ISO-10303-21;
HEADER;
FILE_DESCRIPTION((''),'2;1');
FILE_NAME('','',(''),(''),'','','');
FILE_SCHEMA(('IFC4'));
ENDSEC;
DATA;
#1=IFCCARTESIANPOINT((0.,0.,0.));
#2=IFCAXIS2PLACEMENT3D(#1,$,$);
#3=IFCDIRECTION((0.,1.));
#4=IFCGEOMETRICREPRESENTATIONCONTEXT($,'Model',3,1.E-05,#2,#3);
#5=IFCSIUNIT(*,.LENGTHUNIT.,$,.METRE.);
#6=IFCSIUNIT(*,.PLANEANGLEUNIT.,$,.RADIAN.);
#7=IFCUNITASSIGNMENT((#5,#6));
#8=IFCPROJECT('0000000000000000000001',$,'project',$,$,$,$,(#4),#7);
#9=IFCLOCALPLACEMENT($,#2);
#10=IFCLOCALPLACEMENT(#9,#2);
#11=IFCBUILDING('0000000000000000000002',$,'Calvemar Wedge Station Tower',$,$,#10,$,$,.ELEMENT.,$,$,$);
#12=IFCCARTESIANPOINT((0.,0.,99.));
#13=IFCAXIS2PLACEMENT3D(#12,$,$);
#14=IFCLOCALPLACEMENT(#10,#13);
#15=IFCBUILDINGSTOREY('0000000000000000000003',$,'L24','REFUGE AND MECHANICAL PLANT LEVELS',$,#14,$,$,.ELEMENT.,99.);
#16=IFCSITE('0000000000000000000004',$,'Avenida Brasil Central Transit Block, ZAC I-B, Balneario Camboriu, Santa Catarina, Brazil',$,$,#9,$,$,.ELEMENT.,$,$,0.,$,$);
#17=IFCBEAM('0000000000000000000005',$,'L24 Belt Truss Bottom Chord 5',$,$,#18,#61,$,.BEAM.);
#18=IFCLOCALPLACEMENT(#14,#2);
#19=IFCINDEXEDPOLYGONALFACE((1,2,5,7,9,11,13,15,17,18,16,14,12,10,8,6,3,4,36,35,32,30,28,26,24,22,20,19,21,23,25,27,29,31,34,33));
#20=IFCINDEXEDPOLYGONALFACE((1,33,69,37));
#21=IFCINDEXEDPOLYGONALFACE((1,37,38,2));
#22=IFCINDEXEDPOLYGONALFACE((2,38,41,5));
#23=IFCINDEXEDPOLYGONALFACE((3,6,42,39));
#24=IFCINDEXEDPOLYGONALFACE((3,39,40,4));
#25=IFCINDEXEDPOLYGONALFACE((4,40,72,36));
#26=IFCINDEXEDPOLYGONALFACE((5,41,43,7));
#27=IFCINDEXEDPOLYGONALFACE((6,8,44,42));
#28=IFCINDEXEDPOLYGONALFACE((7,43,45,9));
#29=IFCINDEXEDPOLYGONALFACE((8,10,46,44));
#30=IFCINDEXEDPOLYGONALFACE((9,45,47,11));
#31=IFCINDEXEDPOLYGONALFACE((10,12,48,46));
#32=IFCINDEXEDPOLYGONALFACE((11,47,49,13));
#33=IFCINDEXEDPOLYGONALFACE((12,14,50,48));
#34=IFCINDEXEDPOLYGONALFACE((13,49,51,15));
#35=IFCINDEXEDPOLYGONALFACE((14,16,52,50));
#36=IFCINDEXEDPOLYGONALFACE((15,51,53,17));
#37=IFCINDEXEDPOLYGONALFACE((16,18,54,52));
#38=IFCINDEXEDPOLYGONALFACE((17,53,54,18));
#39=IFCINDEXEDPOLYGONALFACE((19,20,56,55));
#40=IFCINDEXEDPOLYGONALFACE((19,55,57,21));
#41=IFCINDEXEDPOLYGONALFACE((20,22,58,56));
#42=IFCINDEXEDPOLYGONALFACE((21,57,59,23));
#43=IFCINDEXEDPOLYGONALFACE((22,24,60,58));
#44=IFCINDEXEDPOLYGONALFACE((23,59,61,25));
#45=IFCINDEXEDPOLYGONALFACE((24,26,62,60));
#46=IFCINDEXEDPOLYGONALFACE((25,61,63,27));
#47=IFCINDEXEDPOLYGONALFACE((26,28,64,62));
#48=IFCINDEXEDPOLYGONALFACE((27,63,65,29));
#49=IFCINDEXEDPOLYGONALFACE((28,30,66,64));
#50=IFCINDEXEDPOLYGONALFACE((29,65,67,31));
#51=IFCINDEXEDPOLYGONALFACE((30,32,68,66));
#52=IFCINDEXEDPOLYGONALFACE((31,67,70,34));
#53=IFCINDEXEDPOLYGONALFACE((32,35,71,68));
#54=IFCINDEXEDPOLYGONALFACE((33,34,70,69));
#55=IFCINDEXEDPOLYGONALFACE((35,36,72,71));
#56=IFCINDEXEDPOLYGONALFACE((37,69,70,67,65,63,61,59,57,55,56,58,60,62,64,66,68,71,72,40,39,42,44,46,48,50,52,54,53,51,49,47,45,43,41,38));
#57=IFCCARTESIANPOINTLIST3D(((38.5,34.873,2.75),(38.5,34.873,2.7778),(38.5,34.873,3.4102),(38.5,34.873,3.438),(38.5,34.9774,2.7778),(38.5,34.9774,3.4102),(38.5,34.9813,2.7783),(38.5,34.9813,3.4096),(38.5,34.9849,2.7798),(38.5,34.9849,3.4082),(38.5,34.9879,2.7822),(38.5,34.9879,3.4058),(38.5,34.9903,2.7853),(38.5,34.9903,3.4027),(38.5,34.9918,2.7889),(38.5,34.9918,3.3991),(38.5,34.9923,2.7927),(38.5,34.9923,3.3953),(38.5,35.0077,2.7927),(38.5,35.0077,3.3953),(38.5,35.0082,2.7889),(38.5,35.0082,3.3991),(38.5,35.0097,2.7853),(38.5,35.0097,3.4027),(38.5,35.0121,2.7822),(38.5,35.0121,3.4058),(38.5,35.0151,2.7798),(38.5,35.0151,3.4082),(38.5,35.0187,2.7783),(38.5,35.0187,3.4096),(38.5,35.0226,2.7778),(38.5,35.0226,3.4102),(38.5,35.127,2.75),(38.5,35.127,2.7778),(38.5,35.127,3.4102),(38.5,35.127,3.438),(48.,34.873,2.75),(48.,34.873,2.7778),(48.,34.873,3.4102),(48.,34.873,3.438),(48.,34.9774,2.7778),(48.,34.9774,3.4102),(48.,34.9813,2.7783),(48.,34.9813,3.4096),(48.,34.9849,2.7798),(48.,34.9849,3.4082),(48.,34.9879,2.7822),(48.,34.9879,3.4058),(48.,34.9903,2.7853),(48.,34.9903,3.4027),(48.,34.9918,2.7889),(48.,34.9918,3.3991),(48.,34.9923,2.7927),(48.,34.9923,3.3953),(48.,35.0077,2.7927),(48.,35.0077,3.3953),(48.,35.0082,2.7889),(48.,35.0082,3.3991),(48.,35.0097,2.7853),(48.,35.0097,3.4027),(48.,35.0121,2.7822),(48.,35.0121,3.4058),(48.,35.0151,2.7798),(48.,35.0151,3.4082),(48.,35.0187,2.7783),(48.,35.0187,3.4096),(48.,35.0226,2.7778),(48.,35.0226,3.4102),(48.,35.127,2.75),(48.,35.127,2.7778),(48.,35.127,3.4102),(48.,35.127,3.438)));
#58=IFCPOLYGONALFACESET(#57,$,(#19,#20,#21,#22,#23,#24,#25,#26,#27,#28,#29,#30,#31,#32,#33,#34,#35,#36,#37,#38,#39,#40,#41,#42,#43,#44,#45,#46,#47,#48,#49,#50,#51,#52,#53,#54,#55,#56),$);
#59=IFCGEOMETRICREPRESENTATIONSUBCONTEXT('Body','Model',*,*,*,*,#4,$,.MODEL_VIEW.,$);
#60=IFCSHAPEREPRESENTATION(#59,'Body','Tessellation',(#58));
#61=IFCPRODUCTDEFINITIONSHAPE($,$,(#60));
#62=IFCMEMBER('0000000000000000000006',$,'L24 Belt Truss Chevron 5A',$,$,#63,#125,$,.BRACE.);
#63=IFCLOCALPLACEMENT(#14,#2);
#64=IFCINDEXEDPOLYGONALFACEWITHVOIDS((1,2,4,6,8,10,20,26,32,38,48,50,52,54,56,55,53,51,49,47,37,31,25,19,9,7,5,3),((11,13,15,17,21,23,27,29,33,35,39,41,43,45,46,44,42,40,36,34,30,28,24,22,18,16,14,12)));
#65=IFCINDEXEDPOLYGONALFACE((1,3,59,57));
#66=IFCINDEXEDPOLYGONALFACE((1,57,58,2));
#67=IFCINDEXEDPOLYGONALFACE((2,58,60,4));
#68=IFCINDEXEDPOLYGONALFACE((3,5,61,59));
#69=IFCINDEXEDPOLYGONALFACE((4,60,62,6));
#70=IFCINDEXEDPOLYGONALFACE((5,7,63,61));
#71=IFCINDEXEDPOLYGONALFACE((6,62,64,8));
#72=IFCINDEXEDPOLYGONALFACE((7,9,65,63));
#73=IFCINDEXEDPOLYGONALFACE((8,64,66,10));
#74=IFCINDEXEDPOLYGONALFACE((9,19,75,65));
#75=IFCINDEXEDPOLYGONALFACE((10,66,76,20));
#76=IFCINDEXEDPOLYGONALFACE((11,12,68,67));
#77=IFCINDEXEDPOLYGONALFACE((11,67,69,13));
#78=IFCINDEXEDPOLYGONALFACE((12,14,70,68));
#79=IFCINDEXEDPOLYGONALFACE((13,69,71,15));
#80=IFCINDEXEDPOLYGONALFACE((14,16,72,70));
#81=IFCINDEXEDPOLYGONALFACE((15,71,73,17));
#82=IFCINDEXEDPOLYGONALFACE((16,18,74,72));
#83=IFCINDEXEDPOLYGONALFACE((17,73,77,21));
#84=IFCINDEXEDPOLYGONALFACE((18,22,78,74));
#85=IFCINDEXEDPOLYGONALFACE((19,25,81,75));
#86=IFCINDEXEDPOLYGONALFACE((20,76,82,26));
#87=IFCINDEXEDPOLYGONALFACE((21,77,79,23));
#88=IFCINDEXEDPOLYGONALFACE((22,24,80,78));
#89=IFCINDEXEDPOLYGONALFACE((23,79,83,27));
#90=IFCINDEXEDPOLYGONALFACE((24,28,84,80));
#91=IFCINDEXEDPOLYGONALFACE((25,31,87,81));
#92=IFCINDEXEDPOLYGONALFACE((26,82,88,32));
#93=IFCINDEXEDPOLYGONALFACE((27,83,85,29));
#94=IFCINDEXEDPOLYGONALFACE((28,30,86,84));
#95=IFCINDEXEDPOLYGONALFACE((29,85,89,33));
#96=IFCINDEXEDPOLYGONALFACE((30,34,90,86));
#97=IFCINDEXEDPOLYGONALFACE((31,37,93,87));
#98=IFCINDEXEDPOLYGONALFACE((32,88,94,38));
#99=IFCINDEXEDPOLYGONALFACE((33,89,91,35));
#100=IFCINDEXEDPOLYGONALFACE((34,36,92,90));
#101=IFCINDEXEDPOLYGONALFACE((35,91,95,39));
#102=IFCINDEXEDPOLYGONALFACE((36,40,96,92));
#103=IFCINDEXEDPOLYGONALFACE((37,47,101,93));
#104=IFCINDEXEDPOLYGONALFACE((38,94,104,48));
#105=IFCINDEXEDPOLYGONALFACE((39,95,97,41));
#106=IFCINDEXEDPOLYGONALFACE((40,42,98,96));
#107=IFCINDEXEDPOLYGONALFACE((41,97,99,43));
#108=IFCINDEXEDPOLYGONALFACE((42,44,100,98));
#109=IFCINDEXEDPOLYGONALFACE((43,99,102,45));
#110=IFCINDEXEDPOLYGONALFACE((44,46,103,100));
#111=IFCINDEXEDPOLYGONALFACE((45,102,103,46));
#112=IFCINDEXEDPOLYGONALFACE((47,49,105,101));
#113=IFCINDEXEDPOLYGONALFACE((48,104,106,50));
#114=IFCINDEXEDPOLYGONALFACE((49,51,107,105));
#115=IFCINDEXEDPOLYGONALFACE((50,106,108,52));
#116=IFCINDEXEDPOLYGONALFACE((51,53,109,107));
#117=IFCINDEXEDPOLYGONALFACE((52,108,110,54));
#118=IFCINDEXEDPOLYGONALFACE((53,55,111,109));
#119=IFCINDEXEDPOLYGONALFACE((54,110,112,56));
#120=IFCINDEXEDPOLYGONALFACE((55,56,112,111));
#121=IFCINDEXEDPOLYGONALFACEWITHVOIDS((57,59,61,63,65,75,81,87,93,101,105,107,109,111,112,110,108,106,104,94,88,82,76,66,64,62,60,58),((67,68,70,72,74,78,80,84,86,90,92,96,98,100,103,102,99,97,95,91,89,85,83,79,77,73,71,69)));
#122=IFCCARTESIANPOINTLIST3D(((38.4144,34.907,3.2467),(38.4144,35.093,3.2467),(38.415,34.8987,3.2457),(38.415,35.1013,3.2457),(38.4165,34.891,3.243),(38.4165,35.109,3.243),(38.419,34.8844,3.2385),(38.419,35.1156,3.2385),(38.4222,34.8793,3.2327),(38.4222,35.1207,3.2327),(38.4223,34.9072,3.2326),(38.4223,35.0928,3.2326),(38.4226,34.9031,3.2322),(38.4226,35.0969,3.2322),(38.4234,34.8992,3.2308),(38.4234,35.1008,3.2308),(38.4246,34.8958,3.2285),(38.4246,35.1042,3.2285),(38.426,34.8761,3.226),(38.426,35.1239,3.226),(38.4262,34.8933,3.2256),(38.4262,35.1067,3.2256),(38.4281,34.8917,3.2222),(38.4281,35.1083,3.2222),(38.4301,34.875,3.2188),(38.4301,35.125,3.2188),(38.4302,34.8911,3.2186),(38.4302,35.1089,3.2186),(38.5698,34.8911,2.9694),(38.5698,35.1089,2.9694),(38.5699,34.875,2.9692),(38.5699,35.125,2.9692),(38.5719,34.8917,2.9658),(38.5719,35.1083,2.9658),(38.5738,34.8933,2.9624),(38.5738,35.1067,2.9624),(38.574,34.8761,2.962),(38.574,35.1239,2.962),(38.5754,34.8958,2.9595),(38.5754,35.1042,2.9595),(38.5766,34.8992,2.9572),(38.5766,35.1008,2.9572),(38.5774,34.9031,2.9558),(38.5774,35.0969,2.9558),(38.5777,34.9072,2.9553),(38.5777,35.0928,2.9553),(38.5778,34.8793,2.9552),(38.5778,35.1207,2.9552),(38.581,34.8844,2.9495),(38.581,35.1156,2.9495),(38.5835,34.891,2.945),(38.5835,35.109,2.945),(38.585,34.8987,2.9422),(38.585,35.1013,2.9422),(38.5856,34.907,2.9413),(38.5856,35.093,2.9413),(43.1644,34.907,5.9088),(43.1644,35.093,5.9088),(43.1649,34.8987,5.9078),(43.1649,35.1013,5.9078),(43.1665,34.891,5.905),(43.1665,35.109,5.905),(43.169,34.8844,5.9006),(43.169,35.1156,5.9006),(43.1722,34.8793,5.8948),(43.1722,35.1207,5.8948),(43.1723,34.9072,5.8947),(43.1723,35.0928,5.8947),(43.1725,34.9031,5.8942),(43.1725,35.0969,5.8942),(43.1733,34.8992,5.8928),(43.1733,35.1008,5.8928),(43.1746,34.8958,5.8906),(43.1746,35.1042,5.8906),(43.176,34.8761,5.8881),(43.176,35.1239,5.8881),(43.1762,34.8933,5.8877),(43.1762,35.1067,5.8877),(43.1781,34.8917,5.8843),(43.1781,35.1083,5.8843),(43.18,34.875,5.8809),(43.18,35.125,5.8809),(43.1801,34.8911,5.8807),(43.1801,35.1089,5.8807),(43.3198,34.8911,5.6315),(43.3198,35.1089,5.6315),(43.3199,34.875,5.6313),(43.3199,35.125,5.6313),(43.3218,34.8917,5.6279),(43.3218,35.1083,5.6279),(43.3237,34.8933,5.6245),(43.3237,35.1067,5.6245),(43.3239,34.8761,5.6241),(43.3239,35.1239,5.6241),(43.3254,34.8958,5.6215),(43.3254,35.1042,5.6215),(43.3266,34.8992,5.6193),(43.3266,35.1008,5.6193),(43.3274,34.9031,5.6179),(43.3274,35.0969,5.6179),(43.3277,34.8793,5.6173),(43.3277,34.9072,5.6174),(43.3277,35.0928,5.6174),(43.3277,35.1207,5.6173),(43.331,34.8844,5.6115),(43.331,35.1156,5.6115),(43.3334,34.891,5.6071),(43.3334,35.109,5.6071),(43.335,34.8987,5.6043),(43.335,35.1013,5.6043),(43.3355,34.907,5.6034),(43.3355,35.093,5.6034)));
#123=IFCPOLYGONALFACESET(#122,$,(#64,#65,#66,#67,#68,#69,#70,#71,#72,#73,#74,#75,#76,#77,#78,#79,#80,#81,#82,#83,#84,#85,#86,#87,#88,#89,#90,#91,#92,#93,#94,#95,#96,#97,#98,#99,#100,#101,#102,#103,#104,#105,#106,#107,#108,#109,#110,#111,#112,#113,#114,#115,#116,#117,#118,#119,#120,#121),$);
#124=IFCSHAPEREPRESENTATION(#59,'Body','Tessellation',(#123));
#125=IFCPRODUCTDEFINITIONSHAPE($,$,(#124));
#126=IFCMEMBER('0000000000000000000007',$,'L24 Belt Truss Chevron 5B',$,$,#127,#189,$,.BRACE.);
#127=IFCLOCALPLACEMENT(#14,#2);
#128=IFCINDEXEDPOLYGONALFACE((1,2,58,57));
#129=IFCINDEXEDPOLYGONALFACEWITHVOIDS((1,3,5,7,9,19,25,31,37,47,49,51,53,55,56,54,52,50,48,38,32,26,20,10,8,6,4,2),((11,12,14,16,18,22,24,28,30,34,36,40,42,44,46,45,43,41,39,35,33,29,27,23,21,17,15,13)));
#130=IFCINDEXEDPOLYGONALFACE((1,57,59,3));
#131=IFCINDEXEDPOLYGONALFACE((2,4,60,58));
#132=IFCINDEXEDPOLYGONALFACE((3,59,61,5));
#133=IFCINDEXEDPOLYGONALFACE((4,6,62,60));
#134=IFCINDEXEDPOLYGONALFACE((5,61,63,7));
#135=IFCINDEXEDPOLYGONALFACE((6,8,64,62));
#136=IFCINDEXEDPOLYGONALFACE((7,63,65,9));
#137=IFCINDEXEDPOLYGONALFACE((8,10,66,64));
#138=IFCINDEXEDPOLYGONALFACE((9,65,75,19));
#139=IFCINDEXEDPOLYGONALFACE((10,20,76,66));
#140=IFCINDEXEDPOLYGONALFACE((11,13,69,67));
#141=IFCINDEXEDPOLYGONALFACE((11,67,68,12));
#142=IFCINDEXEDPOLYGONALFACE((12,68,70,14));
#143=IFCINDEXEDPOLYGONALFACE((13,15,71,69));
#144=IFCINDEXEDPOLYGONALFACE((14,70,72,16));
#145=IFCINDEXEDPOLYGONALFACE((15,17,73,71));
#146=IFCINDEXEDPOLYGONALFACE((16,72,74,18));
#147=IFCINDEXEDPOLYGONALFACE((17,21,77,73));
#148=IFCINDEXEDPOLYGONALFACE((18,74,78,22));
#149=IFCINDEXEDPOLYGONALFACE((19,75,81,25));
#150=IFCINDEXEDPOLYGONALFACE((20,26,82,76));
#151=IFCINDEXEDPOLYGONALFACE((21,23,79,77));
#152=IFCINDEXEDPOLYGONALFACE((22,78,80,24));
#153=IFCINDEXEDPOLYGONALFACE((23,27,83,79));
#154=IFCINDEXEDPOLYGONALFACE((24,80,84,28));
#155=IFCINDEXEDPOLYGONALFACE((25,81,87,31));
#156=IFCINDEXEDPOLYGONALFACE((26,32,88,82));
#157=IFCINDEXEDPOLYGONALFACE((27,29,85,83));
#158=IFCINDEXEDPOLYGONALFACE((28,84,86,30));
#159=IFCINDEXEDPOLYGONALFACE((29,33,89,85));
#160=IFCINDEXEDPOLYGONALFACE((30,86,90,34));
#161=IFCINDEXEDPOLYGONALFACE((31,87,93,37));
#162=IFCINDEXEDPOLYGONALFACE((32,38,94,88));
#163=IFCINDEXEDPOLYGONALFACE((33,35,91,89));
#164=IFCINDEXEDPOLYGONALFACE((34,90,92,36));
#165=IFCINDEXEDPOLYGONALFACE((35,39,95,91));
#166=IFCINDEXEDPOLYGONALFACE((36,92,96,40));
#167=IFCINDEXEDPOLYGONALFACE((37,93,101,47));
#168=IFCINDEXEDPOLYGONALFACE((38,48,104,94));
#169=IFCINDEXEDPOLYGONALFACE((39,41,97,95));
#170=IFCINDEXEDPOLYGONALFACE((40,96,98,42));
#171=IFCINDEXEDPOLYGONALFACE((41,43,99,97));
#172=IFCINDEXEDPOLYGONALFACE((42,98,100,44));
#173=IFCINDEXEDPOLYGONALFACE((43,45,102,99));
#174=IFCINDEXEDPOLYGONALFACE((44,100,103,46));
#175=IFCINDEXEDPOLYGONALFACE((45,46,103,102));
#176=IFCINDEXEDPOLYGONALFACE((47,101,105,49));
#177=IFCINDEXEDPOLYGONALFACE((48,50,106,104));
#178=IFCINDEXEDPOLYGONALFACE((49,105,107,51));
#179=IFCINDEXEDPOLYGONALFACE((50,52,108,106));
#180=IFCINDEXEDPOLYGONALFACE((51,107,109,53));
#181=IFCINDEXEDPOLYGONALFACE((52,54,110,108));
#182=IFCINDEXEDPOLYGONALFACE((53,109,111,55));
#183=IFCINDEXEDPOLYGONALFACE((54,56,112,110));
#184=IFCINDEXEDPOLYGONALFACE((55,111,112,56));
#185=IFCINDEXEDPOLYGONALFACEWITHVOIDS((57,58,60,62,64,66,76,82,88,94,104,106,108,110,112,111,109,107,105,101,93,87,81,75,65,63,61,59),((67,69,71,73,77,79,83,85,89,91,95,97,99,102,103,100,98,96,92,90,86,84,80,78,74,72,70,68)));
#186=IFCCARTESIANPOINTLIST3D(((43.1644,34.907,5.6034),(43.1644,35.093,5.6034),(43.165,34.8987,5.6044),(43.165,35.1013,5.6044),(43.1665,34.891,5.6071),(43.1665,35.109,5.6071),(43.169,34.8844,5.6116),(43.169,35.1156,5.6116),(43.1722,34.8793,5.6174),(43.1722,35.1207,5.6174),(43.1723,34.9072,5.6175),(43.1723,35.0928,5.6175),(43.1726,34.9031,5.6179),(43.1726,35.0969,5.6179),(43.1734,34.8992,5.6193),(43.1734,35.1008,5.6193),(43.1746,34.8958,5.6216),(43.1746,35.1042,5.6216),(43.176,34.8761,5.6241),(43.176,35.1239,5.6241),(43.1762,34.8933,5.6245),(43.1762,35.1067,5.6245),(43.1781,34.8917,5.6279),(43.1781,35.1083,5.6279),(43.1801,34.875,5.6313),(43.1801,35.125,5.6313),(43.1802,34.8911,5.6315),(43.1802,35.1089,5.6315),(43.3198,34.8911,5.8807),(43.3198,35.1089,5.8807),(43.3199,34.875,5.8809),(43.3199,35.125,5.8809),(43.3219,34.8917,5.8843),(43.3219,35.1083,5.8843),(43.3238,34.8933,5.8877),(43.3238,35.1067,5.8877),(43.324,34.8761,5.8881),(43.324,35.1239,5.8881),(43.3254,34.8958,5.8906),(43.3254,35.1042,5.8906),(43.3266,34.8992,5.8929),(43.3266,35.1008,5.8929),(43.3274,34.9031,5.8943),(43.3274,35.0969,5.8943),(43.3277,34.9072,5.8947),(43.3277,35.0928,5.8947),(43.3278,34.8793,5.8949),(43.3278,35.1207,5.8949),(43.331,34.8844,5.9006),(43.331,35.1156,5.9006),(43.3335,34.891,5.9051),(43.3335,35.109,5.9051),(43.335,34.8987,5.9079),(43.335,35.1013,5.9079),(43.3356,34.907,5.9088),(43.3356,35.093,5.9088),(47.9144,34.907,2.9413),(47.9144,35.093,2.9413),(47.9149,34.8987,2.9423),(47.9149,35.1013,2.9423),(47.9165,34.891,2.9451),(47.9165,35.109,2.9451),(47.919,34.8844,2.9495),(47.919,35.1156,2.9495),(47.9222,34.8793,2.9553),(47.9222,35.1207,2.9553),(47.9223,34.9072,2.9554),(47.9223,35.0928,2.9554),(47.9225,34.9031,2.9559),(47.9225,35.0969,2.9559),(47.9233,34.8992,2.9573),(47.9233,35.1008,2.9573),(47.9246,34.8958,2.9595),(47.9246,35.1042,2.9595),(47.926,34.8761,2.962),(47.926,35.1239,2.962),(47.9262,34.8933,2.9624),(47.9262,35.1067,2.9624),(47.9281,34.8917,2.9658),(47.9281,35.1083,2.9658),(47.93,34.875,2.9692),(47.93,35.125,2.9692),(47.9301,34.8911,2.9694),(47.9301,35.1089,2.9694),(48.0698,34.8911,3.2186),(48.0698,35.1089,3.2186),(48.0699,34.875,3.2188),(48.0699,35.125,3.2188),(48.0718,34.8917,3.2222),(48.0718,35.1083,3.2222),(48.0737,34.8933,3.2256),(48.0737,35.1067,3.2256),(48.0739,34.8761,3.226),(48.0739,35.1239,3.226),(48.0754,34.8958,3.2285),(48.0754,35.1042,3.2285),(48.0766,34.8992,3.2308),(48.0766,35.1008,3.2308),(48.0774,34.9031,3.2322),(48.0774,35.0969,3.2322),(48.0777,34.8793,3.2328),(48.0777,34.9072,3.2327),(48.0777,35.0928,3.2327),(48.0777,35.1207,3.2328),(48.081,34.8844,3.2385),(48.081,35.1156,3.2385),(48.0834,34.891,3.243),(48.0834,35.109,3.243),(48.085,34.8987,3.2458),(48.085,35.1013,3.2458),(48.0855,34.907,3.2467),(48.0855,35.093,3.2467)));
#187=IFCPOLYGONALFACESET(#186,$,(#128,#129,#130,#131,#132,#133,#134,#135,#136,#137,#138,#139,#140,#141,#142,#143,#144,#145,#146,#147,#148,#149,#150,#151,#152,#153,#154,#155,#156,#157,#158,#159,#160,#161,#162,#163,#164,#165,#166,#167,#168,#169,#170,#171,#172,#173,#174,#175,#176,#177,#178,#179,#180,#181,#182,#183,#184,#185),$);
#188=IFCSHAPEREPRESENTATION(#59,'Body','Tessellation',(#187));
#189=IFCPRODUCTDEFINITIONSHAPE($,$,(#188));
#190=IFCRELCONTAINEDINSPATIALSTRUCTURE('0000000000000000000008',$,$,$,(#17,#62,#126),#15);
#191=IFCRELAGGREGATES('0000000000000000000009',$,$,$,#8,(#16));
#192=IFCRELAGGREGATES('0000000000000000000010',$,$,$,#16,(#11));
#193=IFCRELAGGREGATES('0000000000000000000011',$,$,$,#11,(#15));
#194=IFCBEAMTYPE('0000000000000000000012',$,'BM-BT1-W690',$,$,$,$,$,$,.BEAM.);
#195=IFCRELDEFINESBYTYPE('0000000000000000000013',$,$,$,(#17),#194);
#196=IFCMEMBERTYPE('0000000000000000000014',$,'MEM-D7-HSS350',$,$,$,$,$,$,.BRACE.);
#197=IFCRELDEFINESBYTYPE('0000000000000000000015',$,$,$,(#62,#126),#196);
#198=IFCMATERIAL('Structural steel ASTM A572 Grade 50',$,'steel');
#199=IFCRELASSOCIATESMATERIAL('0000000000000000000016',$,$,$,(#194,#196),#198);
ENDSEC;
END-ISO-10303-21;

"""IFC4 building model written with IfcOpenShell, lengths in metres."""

from ifc_helpers import new_model, si_unit, direction, frame, origin, origin_2d, place, context, subcontext, project, spatial, hollow_rectangle, i_section, extrude, source, transform, mapped, material, material_profile, profile_set, type_object, element, save


model = new_model("IFC4")

# Units and contexts
model_context = context("Model", 3, precision=1e-05, world=origin(), true_north=direction((0.0, 1.0)))
body_context = subcontext(model_context, "Body", "Model", "MODEL_VIEW")
ifc_project = project(units=[si_unit("LENGTHUNIT", "METRE"), si_unit("PLANEANGLEUNIT", "RADIAN")], contexts=[model_context])

# Site, building, storey
site_placement = place(None, origin())
site = spatial("IfcSite", under=ifc_project, at=site_placement, Name="Avenida Brasil Central Transit Block, ZAC I-B, Balneario Camboriu, Santa Catarina, Brazil", CompositionType="ELEMENT", RefElevation=0.0)
building_placement = place(site_placement, origin())
building = spatial("IfcBuilding", under=site, at=building_placement, Name="Calvemar Wedge Station Tower", CompositionType="ELEMENT")
storey_placement = place(building_placement, frame((0.0, 0.0, 99.0)))
storey = spatial("IfcBuildingStorey", under=building, at=storey_placement, Name="L24", Description="REFUGE AND MECHANICAL PLANT LEVELS", CompositionType="ELEMENT", Elevation=99.0)

# Shared definitions
ifc_material_1 = material(Name="Structural steel ASTM A572 Grade 50", Category="steel")

# Beam
ifc_material_profile_1 = material_profile(ifc_material_1, i_section(OverallWidth=0.2539, OverallDepth=0.688, WebThickness=0.0154, FlangeThickness=0.0278, FilletRadius=0.0149, at=origin_2d()), Name="W690x192")
ifc_profile_set_1 = profile_set([ifc_material_profile_1], Name="Structural steel ASTM A572 Grade 50")
beam_type_1 = type_object("IfcBeamType", Name="BM-BT1-W690", PredefinedType="BEAM", material=ifc_profile_set_1)
shared_shape_1 = source(origin(), body_context, "Body", "SweptSolid", [
    extrude(i_section(OverallWidth=0.2539, OverallDepth=0.688, WebThickness=0.0154, FlangeThickness=0.0278, FilletRadius=0.0149, at=origin_2d()), origin(), (0.0, 0.0, 1.0), 9.5),
])
beam_1_placement = place(storey_placement, frame((38.5, 35.0, 3.094), z_axis=(1.0, 0.0, 0.0), x_axis=(0.0, 1.0, 0.0)))
element("IfcBeam", 1, at=beam_1_placement, inside=storey, type_object=beam_type_1, Name="L24 Belt Truss Bottom Chord 5", PredefinedType="BEAM", context=body_context, shape_type="MappedRepresentation", body=[
    mapped(shared_shape_1, transform((0.0, 0.0, 0.0), scale=1.0)),
])

# Members
ifc_material_profile_2 = material_profile(ifc_material_1, hollow_rectangle(XDim=0.25, YDim=0.3501, WallThickness=0.0161, InnerFilletRadius=0.0161, OuterFilletRadius=0.032, at=origin_2d()), Name="HSS350x250x16")
ifc_profile_set_2 = profile_set([ifc_material_profile_2], Name="Structural steel ASTM A572 Grade 50")
member_type_1 = type_object("IfcMemberType", Name="MEM-D7-HSS350", PredefinedType="BRACE", material=ifc_profile_set_2)
shared_shape_2 = source(origin(), body_context, "Body", "SweptSolid", [
    extrude(hollow_rectangle(XDim=0.25, YDim=0.3501, WallThickness=0.0161, InnerFilletRadius=0.0161, OuterFilletRadius=0.032, at=origin_2d()), origin(), (0.0, 0.0, 1.0), 5.4451),
])
for number, where, z_axis, x_axis, name in (
    (2, (38.5, 35.0, 3.094), (0.872341, 0.0, 0.488898), (0.0, 1.0, 0.0), "L24 Belt Truss Chevron 5A"),
    (3, (43.25, 35.0, 5.7561), (0.872341, 0.0, -0.488898), (0.0, 1.0, 0.0), "L24 Belt Truss Chevron 5B"),
):
    element("IfcMember", number, at=place(storey_placement, frame(where, z_axis=z_axis, x_axis=x_axis)), inside=storey, type_object=member_type_1, Name=name, PredefinedType="BRACE", context=body_context, shape_type="MappedRepresentation", body=[
        mapped(shared_shape_2, transform((0.0, 0.0, 0.0), scale=1.0)),
    ])

save(model, "model.ifc")
